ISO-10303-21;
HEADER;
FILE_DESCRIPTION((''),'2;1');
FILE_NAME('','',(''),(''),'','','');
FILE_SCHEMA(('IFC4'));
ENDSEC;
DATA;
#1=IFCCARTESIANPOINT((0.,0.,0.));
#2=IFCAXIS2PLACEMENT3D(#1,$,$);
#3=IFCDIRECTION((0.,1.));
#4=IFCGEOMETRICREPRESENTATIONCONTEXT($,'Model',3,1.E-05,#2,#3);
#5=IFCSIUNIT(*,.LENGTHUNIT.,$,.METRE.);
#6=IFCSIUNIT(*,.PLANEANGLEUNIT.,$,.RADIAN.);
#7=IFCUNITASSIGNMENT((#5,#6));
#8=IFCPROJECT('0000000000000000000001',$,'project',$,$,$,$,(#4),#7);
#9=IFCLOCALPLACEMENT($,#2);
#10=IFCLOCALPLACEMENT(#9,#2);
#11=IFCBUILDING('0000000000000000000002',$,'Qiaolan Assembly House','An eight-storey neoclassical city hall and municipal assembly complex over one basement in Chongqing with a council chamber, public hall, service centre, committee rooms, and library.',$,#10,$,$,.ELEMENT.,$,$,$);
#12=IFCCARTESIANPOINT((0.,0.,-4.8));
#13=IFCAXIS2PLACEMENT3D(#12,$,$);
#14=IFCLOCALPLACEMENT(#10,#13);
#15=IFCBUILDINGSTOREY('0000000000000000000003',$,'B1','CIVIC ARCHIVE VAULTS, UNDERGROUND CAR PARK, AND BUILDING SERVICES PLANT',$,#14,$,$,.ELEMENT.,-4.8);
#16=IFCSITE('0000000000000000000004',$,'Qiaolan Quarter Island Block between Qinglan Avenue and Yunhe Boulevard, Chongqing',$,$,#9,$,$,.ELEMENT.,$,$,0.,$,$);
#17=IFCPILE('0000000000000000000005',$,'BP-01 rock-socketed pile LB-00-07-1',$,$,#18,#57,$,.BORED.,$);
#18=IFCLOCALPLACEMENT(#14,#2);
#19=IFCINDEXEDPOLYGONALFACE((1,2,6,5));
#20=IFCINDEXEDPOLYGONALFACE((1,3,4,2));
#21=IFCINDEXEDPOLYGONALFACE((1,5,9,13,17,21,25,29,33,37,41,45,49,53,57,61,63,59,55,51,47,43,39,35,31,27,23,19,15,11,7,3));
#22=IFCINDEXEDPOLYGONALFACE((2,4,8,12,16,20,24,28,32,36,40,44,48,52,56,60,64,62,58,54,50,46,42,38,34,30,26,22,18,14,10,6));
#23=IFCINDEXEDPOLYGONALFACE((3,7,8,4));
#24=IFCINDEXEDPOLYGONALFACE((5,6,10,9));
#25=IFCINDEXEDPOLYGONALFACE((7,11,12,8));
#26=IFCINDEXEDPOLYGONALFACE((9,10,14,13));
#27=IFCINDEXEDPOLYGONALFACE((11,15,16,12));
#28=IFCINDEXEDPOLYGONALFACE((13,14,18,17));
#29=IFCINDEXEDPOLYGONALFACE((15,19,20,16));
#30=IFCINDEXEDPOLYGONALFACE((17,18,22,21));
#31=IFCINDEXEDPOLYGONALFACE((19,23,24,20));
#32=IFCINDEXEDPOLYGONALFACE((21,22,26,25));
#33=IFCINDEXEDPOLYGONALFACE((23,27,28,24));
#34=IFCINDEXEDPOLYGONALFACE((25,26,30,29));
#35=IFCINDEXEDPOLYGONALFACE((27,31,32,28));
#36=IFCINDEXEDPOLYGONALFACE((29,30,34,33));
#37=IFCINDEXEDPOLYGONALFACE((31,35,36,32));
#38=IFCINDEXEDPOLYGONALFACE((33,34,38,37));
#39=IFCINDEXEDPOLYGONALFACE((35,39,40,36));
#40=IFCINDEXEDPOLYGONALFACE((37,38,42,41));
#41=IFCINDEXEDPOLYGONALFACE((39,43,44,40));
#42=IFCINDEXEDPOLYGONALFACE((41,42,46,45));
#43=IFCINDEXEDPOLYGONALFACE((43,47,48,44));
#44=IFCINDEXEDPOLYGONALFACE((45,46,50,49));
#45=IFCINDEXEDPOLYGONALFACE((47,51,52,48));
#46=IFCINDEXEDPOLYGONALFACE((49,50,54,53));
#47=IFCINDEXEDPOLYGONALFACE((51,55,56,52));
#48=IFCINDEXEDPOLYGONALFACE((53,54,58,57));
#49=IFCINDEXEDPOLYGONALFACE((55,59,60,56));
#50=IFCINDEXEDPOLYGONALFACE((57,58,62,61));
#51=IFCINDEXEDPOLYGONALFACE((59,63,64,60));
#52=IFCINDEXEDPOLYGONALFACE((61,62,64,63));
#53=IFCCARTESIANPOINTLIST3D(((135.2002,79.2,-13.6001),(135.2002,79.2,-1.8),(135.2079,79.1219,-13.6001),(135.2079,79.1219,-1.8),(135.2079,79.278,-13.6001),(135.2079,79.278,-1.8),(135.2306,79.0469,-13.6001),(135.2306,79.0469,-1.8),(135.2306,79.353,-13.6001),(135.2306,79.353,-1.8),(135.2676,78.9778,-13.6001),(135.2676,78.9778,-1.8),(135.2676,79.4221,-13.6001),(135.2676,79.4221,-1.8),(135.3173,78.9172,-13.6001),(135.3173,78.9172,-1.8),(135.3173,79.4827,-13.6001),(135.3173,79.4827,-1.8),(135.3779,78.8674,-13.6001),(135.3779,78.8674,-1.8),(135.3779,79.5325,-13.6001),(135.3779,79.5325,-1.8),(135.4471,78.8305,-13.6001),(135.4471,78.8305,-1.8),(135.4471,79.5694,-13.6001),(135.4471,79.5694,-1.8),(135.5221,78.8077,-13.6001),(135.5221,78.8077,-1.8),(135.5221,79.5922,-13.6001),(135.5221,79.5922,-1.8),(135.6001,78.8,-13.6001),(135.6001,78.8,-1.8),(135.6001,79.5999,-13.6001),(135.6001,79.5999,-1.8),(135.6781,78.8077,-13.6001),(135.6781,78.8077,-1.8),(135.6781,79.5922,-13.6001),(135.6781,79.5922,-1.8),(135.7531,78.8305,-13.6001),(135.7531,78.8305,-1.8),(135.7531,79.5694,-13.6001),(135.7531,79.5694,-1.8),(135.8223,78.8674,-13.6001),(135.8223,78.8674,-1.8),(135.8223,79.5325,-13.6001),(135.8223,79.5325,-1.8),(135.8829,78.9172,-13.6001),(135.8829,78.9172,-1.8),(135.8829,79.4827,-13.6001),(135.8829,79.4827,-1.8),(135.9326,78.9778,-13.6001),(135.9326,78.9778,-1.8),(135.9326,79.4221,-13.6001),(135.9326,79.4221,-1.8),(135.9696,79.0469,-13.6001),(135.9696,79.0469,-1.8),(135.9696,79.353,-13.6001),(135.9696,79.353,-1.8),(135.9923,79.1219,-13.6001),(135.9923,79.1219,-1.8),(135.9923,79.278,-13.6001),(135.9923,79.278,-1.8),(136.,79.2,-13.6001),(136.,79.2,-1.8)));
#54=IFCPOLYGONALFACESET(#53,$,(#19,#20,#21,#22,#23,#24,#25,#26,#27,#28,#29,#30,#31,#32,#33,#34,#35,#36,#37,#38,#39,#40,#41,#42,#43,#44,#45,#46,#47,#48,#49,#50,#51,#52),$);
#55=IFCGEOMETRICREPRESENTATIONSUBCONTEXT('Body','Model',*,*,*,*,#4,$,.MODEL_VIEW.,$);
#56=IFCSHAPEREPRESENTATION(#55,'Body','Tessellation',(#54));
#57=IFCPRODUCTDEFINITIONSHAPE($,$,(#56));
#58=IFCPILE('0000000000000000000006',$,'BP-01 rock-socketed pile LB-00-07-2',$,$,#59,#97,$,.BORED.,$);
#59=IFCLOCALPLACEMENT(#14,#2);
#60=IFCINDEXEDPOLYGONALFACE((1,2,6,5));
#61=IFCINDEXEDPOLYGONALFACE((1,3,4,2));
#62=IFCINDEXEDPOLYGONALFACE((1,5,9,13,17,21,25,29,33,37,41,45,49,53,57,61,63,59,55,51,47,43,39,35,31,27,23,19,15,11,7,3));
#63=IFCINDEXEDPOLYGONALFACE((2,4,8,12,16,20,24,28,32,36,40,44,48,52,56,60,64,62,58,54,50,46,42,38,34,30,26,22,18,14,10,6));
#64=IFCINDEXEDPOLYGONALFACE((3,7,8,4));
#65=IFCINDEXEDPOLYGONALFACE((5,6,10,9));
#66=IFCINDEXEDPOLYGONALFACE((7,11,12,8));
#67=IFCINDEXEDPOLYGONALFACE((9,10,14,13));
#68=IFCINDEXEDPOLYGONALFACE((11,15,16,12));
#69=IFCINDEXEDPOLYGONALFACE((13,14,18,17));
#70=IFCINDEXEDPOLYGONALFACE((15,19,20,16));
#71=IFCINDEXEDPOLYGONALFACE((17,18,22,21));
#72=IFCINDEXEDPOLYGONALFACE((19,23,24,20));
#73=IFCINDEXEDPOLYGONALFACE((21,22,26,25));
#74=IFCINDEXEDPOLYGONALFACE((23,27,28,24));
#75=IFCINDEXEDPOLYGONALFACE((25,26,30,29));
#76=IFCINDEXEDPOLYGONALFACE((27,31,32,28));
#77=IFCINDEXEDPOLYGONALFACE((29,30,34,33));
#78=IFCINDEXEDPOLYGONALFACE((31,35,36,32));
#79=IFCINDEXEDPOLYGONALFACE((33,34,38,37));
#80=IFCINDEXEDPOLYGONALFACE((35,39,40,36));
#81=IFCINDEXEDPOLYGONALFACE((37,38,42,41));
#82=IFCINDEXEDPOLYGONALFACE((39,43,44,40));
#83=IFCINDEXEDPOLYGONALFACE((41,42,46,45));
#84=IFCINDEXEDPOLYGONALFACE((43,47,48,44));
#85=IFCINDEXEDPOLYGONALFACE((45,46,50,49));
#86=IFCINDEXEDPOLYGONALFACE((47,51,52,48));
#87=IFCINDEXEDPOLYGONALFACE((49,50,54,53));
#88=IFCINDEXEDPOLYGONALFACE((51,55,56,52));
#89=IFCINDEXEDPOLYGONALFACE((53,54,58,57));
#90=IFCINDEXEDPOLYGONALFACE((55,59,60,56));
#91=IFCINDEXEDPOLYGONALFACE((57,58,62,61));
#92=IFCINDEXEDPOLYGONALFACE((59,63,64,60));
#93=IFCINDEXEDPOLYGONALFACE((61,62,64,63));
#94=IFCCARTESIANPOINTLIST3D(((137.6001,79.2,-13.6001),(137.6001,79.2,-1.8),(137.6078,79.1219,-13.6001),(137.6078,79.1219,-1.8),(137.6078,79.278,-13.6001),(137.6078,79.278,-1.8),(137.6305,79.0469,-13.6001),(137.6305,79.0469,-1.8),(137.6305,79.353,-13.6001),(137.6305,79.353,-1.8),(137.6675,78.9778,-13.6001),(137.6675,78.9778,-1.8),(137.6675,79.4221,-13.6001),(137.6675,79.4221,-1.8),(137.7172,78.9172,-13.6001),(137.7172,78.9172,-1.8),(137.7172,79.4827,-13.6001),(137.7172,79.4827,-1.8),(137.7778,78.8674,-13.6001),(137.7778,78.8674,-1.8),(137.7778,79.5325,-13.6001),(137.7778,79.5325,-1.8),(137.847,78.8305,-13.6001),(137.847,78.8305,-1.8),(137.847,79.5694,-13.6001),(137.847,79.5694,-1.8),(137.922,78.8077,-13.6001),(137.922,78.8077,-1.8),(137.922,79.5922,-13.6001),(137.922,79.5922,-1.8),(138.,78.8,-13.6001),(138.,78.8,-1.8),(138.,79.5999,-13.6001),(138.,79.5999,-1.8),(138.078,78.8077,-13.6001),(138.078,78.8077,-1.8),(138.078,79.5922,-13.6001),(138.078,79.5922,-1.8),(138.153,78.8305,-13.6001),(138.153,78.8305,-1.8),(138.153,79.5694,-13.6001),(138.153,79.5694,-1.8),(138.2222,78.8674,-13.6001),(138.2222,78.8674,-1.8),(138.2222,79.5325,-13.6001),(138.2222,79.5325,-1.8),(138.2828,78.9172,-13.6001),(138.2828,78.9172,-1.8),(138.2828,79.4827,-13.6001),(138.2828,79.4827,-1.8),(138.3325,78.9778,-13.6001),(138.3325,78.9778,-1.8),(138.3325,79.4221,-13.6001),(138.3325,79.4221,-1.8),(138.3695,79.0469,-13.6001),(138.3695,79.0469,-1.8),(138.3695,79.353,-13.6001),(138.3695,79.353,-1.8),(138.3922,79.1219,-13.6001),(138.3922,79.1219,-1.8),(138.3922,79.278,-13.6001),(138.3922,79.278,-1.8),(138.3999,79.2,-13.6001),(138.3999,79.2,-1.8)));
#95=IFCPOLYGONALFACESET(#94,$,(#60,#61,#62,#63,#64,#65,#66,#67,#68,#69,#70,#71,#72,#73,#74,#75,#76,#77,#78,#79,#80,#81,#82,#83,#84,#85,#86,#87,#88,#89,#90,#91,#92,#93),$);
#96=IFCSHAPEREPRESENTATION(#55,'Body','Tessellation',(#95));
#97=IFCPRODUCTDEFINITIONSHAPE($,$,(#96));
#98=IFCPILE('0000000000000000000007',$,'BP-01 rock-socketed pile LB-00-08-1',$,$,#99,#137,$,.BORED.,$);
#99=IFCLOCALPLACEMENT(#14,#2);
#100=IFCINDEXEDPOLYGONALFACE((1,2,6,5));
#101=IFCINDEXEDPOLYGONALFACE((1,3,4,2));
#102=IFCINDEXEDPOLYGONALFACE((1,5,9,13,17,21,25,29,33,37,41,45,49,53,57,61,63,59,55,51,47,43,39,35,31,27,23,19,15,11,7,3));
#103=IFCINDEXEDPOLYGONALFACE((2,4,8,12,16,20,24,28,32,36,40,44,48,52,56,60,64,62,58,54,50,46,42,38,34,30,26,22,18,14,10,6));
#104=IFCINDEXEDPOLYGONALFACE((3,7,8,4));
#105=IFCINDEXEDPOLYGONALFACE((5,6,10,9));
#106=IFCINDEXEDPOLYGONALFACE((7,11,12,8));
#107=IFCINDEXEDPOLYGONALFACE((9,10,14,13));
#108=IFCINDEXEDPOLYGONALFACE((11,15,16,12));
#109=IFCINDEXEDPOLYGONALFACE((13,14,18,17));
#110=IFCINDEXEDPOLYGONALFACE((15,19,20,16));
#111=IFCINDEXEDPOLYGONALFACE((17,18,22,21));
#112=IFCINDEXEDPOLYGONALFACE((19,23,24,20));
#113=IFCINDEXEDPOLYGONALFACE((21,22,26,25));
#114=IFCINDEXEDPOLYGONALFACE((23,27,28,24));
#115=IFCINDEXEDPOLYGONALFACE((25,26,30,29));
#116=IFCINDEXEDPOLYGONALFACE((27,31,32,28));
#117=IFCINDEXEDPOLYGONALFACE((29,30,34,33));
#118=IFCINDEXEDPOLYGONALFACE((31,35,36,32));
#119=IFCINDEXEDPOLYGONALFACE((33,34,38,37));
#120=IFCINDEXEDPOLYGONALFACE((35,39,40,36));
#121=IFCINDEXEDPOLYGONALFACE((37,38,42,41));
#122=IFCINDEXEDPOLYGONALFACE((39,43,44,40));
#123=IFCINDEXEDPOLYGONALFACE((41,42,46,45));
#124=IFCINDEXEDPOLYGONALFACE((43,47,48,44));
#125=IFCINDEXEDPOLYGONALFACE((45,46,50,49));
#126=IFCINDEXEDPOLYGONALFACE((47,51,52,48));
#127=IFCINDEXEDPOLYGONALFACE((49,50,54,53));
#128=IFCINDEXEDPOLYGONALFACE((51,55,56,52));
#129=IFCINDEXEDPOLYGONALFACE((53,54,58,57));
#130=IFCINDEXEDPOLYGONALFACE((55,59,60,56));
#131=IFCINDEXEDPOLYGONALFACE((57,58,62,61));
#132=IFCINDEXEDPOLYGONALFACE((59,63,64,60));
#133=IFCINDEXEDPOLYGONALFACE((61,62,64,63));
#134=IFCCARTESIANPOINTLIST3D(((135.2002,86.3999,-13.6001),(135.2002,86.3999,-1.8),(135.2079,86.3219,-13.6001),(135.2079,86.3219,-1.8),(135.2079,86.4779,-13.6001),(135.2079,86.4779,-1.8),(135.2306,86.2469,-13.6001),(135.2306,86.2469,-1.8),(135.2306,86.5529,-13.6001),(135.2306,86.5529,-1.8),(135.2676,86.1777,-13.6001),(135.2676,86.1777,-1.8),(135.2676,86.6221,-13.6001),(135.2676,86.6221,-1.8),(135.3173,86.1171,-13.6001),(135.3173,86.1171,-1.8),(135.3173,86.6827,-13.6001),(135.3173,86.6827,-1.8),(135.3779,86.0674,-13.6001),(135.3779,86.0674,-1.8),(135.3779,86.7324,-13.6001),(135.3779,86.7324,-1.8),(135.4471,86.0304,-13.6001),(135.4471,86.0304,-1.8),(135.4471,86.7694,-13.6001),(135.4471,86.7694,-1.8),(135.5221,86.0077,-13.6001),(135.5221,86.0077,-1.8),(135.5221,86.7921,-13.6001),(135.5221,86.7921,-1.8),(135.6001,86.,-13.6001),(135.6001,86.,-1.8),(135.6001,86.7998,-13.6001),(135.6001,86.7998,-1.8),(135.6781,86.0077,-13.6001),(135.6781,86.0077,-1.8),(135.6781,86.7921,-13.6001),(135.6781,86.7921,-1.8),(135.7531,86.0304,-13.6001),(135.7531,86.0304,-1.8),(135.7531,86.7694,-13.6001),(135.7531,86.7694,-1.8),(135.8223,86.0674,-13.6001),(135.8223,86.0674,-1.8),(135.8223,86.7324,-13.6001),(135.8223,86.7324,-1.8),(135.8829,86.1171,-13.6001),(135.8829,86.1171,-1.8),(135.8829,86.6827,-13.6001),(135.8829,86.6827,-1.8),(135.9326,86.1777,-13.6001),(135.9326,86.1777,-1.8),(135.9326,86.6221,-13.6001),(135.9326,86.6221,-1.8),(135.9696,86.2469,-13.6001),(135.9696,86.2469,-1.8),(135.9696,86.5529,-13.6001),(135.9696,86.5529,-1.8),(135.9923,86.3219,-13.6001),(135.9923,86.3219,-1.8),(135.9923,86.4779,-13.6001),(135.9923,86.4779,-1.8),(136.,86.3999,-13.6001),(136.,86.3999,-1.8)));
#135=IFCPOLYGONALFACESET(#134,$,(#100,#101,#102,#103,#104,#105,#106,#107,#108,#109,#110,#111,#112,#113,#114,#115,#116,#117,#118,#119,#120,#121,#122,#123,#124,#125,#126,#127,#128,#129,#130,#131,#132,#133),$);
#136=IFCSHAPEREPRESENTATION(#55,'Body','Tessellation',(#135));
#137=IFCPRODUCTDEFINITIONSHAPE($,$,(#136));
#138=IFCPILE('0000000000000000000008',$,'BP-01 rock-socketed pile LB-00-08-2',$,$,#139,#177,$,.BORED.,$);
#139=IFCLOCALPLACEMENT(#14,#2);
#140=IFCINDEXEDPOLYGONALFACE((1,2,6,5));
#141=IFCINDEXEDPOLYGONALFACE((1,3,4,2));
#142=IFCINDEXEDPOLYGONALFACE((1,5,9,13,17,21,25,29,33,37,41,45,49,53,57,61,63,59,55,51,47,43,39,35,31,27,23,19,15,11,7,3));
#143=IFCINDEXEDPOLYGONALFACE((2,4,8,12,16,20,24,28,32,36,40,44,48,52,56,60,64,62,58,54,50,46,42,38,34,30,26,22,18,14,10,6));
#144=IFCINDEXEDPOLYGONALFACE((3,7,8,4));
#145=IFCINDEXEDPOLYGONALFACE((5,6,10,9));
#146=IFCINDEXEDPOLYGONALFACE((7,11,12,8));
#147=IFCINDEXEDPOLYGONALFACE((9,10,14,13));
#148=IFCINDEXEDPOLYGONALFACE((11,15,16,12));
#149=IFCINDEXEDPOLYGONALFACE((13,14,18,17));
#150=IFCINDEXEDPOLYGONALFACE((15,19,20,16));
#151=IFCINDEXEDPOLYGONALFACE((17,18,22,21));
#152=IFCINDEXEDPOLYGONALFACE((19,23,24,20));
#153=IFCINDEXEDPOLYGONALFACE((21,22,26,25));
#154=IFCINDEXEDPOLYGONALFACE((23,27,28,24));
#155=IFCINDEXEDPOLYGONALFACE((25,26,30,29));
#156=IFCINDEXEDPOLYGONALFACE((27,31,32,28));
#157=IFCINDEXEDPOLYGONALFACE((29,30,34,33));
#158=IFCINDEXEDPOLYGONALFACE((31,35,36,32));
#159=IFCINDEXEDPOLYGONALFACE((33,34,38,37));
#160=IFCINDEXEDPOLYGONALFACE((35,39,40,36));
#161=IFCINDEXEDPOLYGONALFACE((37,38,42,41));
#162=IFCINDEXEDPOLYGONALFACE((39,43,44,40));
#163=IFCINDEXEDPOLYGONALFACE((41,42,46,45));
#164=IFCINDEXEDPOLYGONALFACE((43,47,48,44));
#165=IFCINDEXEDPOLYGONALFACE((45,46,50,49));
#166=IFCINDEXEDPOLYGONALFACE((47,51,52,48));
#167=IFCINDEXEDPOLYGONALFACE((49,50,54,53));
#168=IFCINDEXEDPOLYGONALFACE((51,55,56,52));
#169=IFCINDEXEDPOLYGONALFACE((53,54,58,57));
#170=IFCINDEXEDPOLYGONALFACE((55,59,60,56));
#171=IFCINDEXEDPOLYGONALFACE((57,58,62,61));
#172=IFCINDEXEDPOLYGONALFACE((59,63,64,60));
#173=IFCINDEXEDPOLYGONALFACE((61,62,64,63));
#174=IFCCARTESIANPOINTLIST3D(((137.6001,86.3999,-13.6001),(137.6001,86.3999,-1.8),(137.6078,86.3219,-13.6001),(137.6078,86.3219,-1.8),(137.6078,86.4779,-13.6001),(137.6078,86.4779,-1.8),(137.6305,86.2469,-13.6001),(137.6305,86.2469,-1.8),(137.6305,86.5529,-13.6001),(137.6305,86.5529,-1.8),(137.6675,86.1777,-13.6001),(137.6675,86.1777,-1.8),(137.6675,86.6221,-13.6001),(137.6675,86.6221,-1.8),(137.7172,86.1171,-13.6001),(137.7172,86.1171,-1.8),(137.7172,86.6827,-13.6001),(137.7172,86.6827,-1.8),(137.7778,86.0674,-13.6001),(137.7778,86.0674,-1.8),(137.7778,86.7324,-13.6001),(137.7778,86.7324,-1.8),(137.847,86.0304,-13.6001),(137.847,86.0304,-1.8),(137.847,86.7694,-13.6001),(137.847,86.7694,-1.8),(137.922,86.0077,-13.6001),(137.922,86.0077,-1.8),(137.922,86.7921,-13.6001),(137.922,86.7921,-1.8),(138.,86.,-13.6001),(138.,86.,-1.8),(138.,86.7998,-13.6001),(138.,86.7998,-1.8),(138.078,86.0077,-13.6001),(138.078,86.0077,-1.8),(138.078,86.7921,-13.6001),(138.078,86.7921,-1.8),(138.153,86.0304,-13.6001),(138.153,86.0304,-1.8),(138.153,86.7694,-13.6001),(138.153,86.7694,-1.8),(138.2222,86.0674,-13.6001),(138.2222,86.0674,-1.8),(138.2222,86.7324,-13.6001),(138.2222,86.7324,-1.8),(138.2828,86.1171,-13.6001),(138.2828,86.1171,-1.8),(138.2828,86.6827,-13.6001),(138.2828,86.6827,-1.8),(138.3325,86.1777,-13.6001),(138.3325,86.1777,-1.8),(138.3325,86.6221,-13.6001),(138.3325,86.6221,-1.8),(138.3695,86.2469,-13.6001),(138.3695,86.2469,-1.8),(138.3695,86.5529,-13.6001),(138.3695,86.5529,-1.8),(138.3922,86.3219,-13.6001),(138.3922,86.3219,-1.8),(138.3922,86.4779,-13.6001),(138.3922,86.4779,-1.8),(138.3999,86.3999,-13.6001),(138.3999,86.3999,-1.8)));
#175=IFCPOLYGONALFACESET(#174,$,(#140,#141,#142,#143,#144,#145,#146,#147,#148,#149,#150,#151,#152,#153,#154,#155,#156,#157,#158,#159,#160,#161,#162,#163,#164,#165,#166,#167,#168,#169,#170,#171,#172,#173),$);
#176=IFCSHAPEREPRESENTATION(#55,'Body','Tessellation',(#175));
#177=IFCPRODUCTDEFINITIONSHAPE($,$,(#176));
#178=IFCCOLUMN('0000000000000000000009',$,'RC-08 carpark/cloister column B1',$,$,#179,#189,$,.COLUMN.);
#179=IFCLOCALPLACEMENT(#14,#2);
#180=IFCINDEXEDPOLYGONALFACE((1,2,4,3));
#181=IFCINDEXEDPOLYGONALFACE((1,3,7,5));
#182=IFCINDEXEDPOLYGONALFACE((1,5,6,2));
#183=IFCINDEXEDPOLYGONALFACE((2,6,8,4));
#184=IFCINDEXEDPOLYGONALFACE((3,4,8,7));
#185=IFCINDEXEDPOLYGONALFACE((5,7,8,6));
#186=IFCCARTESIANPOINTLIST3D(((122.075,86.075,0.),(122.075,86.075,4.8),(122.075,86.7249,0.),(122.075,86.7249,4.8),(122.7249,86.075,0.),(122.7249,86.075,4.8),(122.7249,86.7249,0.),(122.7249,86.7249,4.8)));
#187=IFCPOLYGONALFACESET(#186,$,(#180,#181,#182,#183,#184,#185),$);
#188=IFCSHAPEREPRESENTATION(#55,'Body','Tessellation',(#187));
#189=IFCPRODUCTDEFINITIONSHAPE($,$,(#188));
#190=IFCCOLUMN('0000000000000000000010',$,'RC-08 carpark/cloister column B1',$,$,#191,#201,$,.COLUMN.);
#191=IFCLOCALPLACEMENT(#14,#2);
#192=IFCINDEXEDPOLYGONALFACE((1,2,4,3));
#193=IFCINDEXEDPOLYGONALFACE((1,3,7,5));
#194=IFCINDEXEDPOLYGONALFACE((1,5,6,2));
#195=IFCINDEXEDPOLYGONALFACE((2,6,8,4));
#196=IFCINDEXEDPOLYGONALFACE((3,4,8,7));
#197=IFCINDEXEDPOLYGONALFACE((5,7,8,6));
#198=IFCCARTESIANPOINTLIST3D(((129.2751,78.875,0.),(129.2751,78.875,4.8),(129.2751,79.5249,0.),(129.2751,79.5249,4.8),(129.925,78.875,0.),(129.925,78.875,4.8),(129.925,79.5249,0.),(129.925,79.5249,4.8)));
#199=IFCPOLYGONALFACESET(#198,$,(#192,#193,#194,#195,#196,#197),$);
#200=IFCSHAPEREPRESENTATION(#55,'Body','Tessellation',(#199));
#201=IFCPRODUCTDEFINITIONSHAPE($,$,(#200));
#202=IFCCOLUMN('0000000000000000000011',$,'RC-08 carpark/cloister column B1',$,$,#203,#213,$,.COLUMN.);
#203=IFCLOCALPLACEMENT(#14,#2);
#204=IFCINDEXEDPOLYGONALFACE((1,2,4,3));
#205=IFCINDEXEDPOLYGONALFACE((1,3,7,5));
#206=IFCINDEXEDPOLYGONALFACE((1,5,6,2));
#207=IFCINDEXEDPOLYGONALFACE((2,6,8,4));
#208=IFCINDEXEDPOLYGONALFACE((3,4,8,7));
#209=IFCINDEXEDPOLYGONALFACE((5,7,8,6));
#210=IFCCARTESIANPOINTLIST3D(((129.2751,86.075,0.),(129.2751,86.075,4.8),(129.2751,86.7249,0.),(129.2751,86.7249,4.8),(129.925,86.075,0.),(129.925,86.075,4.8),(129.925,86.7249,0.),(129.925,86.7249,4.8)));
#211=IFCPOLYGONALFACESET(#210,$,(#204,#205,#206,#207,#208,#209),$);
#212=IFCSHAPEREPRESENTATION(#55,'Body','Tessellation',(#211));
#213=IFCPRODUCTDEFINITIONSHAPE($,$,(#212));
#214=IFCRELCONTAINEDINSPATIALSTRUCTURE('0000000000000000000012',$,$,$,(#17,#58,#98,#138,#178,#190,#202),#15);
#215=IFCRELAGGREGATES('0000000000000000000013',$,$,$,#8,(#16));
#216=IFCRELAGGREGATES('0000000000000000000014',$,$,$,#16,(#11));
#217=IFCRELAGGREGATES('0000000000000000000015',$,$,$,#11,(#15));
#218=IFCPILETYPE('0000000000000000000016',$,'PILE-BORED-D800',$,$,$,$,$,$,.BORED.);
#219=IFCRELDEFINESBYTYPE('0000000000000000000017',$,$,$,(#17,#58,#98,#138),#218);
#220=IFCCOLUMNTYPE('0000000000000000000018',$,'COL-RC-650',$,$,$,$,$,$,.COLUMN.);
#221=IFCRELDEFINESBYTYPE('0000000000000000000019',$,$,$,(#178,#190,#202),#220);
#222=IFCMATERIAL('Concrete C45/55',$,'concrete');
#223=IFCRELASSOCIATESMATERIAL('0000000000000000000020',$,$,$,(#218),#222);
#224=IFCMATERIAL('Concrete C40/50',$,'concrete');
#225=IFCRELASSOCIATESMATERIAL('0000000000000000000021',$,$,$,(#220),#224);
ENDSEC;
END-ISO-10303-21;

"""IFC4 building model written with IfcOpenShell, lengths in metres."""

from ifc_helpers import new_model, si_unit, direction, frame, origin, origin_2d, place, context, subcontext, project, spatial, rectangle, circle, extrude, material, material_profile, profile_set, type_object, element, save


model = new_model("IFC4")

# Units and contexts
model_context = context("Model", 3, precision=1e-05, world=origin(), true_north=direction((0.0, 1.0)))
body_context = subcontext(model_context, "Body", "Model", "MODEL_VIEW")
ifc_project = project(units=[si_unit("LENGTHUNIT", "METRE"), si_unit("PLANEANGLEUNIT", "RADIAN")], contexts=[model_context])

# Site, building, storey
site_placement = place(None, origin())
site = spatial("IfcSite", under=ifc_project, at=site_placement, Name="Qiaolan Quarter Island Block between Qinglan Avenue and Yunhe Boulevard, Chongqing", CompositionType="ELEMENT", RefElevation=0.0)
building_placement = place(site_placement, origin())
building = spatial("IfcBuilding", under=site, at=building_placement, Name="Qiaolan Assembly House", Description="An eight-storey neoclassical city hall and municipal assembly complex over one basement in Chongqing with a council chamber, public hall, service centre, committee rooms, and library.", CompositionType="ELEMENT")
storey_placement = place(building_placement, frame((0.0, 0.0, -4.8)))
storey = spatial("IfcBuildingStorey", under=building, at=storey_placement, Name="B1", Description="CIVIC ARCHIVE VAULTS, UNDERGROUND CAR PARK, AND BUILDING SERVICES PLANT", CompositionType="ELEMENT", Elevation=-4.8)

# Shared definitions
ifc_material_1 = material(Name="Concrete C40/50", Category="concrete")

# Piles
ifc_material_2 = material(Name="Concrete C45/55", Category="concrete")
ifc_material_profile_1 = material_profile(ifc_material_2, circle(Radius=0.3999, at=origin_2d()), Name="PILE D800")
ifc_profile_set_1 = profile_set([ifc_material_profile_1], Name="Concrete C45/55")
pile_type_1 = type_object("IfcPileType", Name="PILE-BORED-D800", PredefinedType="BORED", material=ifc_profile_set_1)
for number, where, z_axis, x_axis, name in (
    (1, (135.6001, 79.2, -1.8), (0.0, 0.0, -1.0), (1.0, 0.0, 0.0), "BP-01 rock-socketed pile LB-00-07-1"),
    (2, (138.0, 79.2, -1.8), (0.0, 0.0, -1.0), (1.0, 0.0, 0.0), "BP-01 rock-socketed pile LB-00-07-2"),
    (3, (135.6001, 86.3999, -1.8), (0.0, 0.0, -1.0), (1.0, 0.0, 0.0), "BP-01 rock-socketed pile LB-00-08-1"),
    (4, (138.0, 86.3999, -1.8), (0.0, 0.0, -1.0), (1.0, 0.0, 0.0), "BP-01 rock-socketed pile LB-00-08-2"),
):
    element("IfcPile", number, at=place(storey_placement, frame(where, z_axis=z_axis, x_axis=x_axis)), inside=storey, type_object=pile_type_1, Name=name, PredefinedType="BORED", context=body_context, shape_type="SweptSolid", body=[
        extrude(circle(Radius=0.3999, at=origin_2d()), origin(), (0.0, 0.0, 1.0), 11.8),
    ])

# Columns
ifc_material_profile_2 = material_profile(ifc_material_1, rectangle(XDim=0.6499, YDim=0.6499, at=origin_2d()), Name="RC 650x650")
ifc_profile_set_2 = profile_set([ifc_material_profile_2], Name="Concrete C40/50")
column_type_1 = type_object("IfcColumnType", Name="COL-RC-650", PredefinedType="COLUMN", material=ifc_profile_set_2)
for number, where, z_axis, x_axis, name in (
    (5, (122.3999, 86.3999, 0.0), (0.0, 0.0, 1.0), (1.0, 0.0, 0.0), "RC-08 carpark/cloister column B1"),
    (6, (129.6001, 79.2, 0.0), (0.0, 0.0, 1.0), (1.0, 0.0, 0.0), "RC-08 carpark/cloister column B1"),
    (7, (129.6001, 86.3999, 0.0), (0.0, 0.0, 1.0), (1.0, 0.0, 0.0), "RC-08 carpark/cloister column B1"),
):
    element("IfcColumn", number, at=place(storey_placement, frame(where, z_axis=z_axis, x_axis=x_axis)), inside=storey, type_object=column_type_1, Name=name, PredefinedType="COLUMN", context=body_context, shape_type="SweptSolid", body=[
        extrude(rectangle(XDim=0.6499, YDim=0.6499, at=origin_2d()), origin(), (0.0, 0.0, 1.0), 4.8),
    ])

save(model, "model.ifc")
